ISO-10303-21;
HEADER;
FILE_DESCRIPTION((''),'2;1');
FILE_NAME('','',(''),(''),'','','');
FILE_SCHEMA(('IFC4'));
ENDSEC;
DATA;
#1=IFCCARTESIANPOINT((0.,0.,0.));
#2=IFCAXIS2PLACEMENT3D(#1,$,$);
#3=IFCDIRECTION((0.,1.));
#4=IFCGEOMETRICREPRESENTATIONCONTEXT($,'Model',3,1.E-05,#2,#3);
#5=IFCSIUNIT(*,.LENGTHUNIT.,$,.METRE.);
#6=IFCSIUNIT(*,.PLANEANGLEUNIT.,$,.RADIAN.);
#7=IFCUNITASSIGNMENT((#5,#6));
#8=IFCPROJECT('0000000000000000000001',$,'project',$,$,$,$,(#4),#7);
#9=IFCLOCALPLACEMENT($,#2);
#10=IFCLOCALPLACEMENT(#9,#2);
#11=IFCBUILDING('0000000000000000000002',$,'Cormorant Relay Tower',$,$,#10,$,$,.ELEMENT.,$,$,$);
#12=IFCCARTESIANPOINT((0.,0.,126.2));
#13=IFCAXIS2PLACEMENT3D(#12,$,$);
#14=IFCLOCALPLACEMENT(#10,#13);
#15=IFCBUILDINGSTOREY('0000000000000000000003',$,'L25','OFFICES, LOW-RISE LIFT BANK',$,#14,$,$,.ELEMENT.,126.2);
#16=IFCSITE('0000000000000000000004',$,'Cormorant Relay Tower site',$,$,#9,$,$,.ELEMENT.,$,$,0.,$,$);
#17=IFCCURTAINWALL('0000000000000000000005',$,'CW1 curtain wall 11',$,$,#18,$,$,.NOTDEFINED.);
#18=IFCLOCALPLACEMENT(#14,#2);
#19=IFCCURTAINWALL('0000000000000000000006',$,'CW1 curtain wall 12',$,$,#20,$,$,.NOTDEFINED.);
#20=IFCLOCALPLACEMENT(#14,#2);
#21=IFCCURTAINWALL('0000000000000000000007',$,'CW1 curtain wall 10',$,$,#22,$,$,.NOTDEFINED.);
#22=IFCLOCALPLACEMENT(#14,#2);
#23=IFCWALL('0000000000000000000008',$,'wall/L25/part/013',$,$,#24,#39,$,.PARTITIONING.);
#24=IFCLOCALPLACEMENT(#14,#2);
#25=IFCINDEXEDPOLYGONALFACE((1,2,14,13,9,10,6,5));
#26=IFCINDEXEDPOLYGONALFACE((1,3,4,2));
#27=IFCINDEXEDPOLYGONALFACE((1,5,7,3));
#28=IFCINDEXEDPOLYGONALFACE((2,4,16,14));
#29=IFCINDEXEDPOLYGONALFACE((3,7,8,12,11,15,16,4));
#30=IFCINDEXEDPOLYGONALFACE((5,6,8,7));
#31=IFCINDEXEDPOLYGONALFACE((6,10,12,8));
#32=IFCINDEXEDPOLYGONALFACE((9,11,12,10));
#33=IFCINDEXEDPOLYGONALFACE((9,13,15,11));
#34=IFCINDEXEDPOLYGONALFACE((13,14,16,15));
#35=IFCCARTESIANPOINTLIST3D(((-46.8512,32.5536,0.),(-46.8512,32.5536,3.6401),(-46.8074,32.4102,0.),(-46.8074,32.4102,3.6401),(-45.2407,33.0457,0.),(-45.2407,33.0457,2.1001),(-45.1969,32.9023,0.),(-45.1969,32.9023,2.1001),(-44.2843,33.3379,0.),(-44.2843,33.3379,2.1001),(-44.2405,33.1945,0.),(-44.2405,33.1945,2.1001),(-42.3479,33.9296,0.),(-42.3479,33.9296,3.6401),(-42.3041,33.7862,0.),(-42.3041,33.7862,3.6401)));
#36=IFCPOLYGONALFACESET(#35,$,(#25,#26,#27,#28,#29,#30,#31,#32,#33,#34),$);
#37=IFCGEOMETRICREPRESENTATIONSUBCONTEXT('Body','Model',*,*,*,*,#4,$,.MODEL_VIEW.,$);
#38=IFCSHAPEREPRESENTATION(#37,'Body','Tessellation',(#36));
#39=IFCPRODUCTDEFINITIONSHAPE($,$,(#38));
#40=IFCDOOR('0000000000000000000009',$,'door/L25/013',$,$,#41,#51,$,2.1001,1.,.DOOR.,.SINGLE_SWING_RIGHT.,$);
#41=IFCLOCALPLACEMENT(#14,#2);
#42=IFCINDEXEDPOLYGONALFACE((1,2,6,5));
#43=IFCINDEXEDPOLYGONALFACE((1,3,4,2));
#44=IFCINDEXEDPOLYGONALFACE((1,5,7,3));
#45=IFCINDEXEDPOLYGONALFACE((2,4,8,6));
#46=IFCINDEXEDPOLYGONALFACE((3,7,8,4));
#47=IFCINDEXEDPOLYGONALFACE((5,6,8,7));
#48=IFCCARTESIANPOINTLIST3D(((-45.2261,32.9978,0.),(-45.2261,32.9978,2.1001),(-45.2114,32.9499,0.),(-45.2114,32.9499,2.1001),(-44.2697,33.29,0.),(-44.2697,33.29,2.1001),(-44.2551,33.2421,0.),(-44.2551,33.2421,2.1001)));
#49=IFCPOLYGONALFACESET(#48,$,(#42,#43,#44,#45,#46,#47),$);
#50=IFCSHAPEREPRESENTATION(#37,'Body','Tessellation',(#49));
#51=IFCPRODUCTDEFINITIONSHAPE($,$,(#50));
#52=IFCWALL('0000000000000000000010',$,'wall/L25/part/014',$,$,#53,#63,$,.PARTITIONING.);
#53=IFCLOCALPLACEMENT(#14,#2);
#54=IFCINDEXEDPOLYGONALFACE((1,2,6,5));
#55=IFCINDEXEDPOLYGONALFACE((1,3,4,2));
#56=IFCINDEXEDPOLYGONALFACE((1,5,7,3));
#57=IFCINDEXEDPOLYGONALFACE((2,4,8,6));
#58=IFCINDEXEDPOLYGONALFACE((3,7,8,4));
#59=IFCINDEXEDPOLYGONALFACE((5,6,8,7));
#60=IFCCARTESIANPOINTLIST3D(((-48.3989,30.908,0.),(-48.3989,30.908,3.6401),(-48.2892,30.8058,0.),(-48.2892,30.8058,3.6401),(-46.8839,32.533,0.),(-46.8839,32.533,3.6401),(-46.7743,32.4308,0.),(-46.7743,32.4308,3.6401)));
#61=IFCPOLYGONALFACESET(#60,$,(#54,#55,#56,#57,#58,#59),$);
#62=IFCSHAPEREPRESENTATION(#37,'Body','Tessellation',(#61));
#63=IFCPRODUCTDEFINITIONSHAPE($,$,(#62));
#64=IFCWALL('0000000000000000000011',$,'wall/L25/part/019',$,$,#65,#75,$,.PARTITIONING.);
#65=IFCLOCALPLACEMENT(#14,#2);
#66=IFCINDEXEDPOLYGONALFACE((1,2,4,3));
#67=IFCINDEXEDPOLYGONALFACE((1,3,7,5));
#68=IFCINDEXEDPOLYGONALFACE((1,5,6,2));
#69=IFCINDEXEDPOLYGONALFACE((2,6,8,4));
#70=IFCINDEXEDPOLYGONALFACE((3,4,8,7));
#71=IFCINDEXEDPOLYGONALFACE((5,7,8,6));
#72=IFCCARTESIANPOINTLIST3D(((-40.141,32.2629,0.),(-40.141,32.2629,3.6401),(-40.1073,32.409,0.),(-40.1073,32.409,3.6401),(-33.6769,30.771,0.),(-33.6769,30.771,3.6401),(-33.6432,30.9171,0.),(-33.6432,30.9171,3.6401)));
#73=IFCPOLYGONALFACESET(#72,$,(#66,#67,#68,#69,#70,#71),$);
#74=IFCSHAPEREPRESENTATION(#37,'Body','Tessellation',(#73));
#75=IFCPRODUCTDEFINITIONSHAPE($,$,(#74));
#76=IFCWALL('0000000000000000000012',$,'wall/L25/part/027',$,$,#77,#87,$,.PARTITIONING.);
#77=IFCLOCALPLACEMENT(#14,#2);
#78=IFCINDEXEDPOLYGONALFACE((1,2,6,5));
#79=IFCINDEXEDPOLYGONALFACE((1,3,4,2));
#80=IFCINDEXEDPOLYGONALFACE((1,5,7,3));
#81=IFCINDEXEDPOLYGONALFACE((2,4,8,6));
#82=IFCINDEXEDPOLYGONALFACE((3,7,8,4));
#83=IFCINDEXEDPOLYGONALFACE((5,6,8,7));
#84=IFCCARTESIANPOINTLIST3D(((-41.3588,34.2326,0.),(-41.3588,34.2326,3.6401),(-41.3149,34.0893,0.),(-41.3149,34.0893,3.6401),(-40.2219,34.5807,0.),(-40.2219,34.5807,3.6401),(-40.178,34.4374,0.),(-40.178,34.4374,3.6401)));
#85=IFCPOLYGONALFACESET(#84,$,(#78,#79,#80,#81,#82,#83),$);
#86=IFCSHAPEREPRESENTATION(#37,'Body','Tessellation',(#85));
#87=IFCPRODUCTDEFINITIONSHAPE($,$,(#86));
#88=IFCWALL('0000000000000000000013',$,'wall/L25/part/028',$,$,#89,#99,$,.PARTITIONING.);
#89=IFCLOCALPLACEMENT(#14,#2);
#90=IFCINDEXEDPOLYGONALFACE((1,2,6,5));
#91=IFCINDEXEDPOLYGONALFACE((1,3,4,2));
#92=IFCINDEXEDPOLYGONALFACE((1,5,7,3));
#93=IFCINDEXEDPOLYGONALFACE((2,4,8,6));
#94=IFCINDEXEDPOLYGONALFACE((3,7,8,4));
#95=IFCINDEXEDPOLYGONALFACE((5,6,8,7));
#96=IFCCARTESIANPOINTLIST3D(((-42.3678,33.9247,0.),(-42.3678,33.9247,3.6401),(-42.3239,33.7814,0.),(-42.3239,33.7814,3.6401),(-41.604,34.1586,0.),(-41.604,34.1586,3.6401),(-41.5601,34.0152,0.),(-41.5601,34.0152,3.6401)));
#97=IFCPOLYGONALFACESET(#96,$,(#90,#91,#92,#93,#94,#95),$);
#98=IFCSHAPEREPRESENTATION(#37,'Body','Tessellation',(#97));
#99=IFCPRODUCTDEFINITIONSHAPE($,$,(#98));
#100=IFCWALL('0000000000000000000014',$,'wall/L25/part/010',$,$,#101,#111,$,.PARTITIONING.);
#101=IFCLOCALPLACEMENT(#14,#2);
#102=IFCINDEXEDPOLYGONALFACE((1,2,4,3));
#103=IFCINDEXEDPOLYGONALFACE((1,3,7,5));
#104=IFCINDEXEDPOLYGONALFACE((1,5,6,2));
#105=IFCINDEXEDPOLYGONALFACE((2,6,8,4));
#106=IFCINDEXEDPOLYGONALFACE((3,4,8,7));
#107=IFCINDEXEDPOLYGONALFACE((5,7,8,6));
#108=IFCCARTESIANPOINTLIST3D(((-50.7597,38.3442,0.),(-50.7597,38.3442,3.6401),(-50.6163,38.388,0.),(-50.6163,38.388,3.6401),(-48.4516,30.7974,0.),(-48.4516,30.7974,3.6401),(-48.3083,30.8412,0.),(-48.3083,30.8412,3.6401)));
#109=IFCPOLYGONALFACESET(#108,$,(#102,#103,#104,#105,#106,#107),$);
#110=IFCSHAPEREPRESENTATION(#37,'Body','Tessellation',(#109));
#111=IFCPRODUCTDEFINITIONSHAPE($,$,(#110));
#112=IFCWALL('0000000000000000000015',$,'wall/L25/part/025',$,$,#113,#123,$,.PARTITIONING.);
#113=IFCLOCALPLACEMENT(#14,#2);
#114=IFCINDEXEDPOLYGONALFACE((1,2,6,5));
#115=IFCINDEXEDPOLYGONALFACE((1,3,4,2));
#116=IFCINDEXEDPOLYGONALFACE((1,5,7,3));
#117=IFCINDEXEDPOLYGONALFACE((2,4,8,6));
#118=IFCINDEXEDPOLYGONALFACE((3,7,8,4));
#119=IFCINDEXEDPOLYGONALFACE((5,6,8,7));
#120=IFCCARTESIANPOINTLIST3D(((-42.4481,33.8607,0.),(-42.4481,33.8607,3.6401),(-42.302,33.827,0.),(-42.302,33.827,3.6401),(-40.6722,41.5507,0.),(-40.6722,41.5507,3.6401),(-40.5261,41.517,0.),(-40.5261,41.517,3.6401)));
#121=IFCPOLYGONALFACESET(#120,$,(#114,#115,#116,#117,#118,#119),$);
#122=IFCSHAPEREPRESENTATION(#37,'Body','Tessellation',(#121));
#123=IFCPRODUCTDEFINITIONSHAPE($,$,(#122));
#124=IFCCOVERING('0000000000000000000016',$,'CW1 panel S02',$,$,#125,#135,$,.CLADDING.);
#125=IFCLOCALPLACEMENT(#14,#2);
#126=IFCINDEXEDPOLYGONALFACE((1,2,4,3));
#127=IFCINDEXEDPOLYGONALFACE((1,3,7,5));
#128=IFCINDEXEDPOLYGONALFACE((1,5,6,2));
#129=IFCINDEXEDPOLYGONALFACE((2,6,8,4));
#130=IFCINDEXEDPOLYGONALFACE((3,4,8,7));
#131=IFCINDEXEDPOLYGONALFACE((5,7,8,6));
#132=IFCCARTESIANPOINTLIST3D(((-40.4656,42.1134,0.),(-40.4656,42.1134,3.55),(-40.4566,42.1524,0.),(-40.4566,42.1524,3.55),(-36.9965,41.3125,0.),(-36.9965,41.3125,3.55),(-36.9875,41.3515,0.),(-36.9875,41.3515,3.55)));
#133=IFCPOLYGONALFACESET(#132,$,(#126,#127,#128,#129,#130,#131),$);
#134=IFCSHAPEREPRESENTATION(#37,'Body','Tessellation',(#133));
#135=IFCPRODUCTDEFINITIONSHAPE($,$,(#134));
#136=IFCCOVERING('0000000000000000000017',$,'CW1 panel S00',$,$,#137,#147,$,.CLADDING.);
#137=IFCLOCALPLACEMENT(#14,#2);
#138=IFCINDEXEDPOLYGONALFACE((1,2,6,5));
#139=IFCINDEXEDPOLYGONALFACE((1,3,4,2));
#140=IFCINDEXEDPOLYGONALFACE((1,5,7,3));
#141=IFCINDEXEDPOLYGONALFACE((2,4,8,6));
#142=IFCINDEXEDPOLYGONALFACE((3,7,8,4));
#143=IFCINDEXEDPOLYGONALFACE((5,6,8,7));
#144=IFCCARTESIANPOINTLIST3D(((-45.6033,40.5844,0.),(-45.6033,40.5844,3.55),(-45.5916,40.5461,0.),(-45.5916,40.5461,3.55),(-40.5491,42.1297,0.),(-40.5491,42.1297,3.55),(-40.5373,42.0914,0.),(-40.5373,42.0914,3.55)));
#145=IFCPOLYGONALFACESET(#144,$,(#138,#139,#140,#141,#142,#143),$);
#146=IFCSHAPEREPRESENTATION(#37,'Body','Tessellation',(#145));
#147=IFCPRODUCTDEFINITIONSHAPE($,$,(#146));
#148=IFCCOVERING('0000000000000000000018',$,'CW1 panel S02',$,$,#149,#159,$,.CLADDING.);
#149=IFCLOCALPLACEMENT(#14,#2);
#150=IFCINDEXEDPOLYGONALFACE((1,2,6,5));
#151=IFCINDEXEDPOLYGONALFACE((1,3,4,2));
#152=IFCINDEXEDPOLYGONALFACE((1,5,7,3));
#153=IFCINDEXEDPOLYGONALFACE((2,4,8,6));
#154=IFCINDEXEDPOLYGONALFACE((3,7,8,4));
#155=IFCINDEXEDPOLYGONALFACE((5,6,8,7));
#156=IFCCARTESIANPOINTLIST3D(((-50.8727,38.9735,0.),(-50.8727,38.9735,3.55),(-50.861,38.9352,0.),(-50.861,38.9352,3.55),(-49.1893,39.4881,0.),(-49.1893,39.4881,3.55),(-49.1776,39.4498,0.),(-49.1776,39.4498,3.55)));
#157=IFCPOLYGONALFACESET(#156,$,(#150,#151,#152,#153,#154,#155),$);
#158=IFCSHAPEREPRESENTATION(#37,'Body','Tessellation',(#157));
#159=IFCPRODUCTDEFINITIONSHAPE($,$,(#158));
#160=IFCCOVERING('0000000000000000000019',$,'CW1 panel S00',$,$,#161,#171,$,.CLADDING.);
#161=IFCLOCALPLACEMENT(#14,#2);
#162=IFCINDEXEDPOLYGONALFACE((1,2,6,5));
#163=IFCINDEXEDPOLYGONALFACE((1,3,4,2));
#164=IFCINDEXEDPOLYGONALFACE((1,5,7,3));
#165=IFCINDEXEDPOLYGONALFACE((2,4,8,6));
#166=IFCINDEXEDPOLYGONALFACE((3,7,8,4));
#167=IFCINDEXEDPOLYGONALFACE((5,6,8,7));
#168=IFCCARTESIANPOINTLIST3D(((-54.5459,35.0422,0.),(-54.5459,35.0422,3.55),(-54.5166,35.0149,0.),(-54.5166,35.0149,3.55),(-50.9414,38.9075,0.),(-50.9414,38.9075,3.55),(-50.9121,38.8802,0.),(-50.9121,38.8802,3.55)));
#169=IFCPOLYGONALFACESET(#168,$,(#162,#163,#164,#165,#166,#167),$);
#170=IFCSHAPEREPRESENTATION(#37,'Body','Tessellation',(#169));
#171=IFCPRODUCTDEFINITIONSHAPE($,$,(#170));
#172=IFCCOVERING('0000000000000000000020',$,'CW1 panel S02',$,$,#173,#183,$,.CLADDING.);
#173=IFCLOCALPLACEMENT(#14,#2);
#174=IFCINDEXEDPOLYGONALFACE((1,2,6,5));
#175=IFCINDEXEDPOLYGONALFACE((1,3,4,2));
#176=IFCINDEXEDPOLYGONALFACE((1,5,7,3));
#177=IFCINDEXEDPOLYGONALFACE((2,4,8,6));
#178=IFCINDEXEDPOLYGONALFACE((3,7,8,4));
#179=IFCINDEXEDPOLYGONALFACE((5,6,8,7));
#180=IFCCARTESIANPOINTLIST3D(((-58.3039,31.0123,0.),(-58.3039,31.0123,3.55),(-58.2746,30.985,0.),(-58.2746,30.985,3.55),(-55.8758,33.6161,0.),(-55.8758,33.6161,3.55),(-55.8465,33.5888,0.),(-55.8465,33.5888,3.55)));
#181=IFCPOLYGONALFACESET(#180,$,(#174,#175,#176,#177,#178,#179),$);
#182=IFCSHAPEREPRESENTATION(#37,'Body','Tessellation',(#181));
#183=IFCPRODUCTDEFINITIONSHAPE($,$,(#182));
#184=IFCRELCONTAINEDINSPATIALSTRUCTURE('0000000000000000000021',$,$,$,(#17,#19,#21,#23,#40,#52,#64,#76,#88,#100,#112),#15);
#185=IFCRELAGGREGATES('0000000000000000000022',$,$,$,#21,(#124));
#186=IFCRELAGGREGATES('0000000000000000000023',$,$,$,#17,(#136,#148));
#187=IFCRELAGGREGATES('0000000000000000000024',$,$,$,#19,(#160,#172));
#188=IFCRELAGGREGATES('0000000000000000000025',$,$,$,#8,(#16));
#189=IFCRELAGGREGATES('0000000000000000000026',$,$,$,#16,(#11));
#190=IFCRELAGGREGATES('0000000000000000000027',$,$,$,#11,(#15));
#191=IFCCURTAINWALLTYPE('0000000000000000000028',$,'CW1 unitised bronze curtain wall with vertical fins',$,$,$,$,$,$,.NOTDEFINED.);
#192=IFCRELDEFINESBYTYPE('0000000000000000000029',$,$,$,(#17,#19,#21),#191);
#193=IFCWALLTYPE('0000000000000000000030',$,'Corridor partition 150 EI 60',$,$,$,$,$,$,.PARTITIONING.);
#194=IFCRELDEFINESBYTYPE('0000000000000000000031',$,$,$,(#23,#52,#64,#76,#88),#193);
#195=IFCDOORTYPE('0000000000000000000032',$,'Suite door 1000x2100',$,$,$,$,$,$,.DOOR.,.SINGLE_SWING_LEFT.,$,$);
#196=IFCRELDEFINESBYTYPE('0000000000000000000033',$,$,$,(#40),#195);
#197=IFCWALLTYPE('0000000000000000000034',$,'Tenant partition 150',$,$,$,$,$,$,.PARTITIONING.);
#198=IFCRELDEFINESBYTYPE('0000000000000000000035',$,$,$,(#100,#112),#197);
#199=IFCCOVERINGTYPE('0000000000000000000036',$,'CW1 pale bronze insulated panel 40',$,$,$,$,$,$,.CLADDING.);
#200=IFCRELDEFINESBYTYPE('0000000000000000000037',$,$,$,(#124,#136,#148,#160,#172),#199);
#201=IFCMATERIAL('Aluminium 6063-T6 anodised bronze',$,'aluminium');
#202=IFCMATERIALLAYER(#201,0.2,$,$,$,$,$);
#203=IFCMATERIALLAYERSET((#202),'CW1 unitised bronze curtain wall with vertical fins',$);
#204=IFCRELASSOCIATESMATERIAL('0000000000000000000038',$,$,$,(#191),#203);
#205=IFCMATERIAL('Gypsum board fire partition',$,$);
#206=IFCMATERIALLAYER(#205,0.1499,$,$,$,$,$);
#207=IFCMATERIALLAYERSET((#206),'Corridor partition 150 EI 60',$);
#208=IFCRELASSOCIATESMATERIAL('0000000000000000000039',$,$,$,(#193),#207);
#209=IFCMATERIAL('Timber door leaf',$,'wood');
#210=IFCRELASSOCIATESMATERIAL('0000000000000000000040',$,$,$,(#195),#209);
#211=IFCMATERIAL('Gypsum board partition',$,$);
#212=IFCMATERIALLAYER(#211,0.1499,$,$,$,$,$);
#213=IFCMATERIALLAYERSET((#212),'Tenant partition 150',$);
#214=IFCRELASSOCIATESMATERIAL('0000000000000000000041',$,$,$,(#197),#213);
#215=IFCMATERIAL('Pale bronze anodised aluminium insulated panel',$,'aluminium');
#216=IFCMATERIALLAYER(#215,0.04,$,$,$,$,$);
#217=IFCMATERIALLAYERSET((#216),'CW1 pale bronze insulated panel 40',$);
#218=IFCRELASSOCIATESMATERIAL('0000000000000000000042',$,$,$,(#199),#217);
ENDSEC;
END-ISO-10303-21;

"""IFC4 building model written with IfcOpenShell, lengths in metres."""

from ifc_helpers import new_model, si_unit, direction, frame, frame_2d, origin, origin_2d, place, context, subcontext, project, spatial, rectangle, extrude, material, layer, layer_set, type_object, element, fill, aggregate, save


model = new_model("IFC4")

# Units and contexts
model_context = context("Model", 3, precision=1e-05, world=origin(), true_north=direction((0.0, 1.0)))
body_context = subcontext(model_context, "Body", "Model", "MODEL_VIEW")
ifc_project = project(units=[si_unit("LENGTHUNIT", "METRE"), si_unit("PLANEANGLEUNIT", "RADIAN")], contexts=[model_context])

# Site, building, storey
site_placement = place(None, origin())
site = spatial("IfcSite", under=ifc_project, at=site_placement, Name="Cormorant Relay Tower site", CompositionType="ELEMENT", RefElevation=0.0)
building_placement = place(site_placement, origin())
building = spatial("IfcBuilding", under=site, at=building_placement, Name="Cormorant Relay Tower", CompositionType="ELEMENT")
storey_placement = place(building_placement, frame((0.0, 0.0, 126.2)))
storey = spatial("IfcBuildingStorey", under=building, at=storey_placement, Name="L25", Description="OFFICES, LOW-RISE LIFT BANK", CompositionType="ELEMENT", Elevation=126.2)

# Curtain walls
ifc_material_1 = material(Name="Aluminium 6063-T6 anodised bronze", Category="aluminium")
ifc_layer_1 = layer(ifc_material_1, 0.2)
ifc_layer_set_1 = layer_set([ifc_layer_1], Name="CW1 unitised bronze curtain wall with vertical fins")
curtain_wall_type = type_object("IfcCurtainWallType", Name="CW1 unitised bronze curtain wall with vertical fins", PredefinedType="NOTDEFINED", material=ifc_layer_set_1)
curtain_wall_1_placement = place(storey_placement, origin())
curtain_wall_1 = element("IfcCurtainWall", 1, at=curtain_wall_1_placement, inside=storey, type_object=curtain_wall_type, Name="CW1 curtain wall 11", PredefinedType="NOTDEFINED")
curtain_wall_2_placement = place(storey_placement, origin())
curtain_wall_2 = element("IfcCurtainWall", 2, at=curtain_wall_2_placement, inside=storey, type_object=curtain_wall_type, Name="CW1 curtain wall 12", PredefinedType="NOTDEFINED")

# Curtain wall
curtain_wall_3_placement = place(storey_placement, origin())
curtain_wall_3 = element("IfcCurtainWall", 3, at=curtain_wall_3_placement, inside=storey, type_object=curtain_wall_type, Name="CW1 curtain wall 10", PredefinedType="NOTDEFINED")

# Wall, opening, door
ifc_material_2 = material(Name="Gypsum board fire partition")
ifc_layer_2 = layer(ifc_material_2, 0.1499)
ifc_layer_set_2 = layer_set([ifc_layer_2], Name="Corridor partition 150 EI 60")
wall_type_1 = type_object("IfcWallType", Name="Corridor partition 150 EI 60", PredefinedType="PARTITIONING", material=ifc_layer_set_2)
wall_1_placement = place(storey_placement, frame((-42.3259, 33.8579, 0.0), z_axis=(0.0, 0.0, 1.0), x_axis=(-0.956351, -0.29222, 0.0)))
wall_1 = element("IfcWall", 4, at=wall_1_placement, inside=storey, type_object=wall_type_1, Name="wall/L25/part/013", PredefinedType="PARTITIONING", context=body_context, shape_type="SweptSolid", body=[
    extrude(rectangle(XDim=4.7087, YDim=0.1499, at=frame_2d((2.3545, 0.0))), origin(), (0.0, 0.0, 1.0), 3.6401),
])
opening_placement = place(wall_1_placement, frame((2.0249, 0.0, 0.0)))
opening = element("IfcOpeningElement", 5, at=opening_placement, cuts=wall_1, PredefinedType="OPENING", context=body_context, shape_type="SweptSolid", body=[
    extrude(rectangle(XDim=1.0, YDim=2.1001, at=frame_2d((0.5, 1.05))), frame((0.0, 0.085, 0.0), z_axis=(0.0, -1.0, 0.0), x_axis=(1.0, 0.0, 0.0)), (0.0, 0.0, 1.0), 0.1699),
])
ifc_material_3 = material(Name="Timber door leaf", Category="wood")
door_type = type_object("IfcDoorType", Name="Suite door 1000x2100", OperationType="SINGLE_SWING_LEFT", PredefinedType="DOOR", material=ifc_material_3)
door_placement = place(opening_placement, frame((1.0, 0.0, 0.0), z_axis=(0.0, 0.0, 1.0), x_axis=(-1.0, 0.0, 0.0)))
door = element("IfcDoor", 6, at=door_placement, inside=storey, type_object=door_type, Name="door/L25/013", OperationType="SINGLE_SWING_RIGHT", OverallHeight=2.1001, OverallWidth=1.0, PredefinedType="DOOR", context=body_context, shape_type="SweptSolid", body=[
    extrude(rectangle(XDim=1.0, YDim=2.1001, at=frame_2d((0.5, 1.05))), frame((0.0, 0.0249, 0.0), z_axis=(0.0, -1.0, 0.0), x_axis=(1.0, 0.0, 0.0)), (0.0, 0.0, 1.0), 0.05),
])
fill(opening, door)

# Walls
wall_2_placement = place(storey_placement, frame((-46.8291, 32.4819, 0.0), z_axis=(0.0, 0.0, 1.0), x_axis=(-0.681891, -0.731453, 0.0)))
element("IfcWall", 7, at=wall_2_placement, inside=storey, type_object=wall_type_1, Name="wall/L25/part/014", PredefinedType="PARTITIONING", context=body_context, shape_type="SweptSolid", body=[
    extrude(rectangle(XDim=2.2217, YDim=0.1499, at=frame_2d((1.1108, 0.0))), origin(), (0.0, 0.0, 1.0), 3.6401),
])
wall_3_placement = place(storey_placement, frame((-40.124, 32.3359, 0.0), z_axis=(0.0, 0.0, 1.0), x_axis=(0.974384, -0.224892, 0.0)))
element("IfcWall", 8, at=wall_3_placement, inside=storey, type_object=wall_type_1, Name="wall/L25/part/019", PredefinedType="PARTITIONING", context=body_context, shape_type="SweptSolid", body=[
    extrude(rectangle(XDim=6.634, YDim=0.1499, at=frame_2d((3.3169, 0.0))), origin(), (0.0, 0.0, 1.0), 3.6401),
])
wall_4_placement = place(storey_placement, frame((-40.2, 34.509, 0.0), z_axis=(0.0, 0.0, 1.0), x_axis=(-0.956178, -0.292787, 0.0)))
element("IfcWall", 9, at=wall_4_placement, inside=storey, type_object=wall_type_1, Name="wall/L25/part/027", PredefinedType="PARTITIONING", context=body_context, shape_type="SweptSolid", body=[
    extrude(rectangle(XDim=1.189, YDim=0.1499, at=frame_2d((0.5945, 0.0))), origin(), (0.0, 0.0, 1.0), 3.6401),
])
wall_5_placement = place(storey_placement, frame((-41.582, 34.0869, 0.0), z_axis=(0.0, 0.0, 1.0), x_axis=(-0.956188, -0.292754, 0.0)))
element("IfcWall", 10, at=wall_5_placement, inside=storey, type_object=wall_type_1, Name="wall/L25/part/028", PredefinedType="PARTITIONING", context=body_context, shape_type="SweptSolid", body=[
    extrude(rectangle(XDim=0.7988, YDim=0.1499, at=frame_2d((0.3994, 0.0))), origin(), (0.0, 0.0, 1.0), 3.6401),
])
ifc_material_4 = material(Name="Gypsum board partition")
ifc_layer_3 = layer(ifc_material_4, 0.1499)
ifc_layer_set_3 = layer_set([ifc_layer_3], Name="Tenant partition 150")
wall_type_2 = type_object("IfcWallType", Name="Tenant partition 150", PredefinedType="PARTITIONING", material=ifc_layer_set_3)
wall_6_placement = place(storey_placement, frame((-50.688, 38.366, 0.0), z_axis=(0.0, 0.0, 1.0), x_axis=(0.292464, -0.956277, 0.0)))
element("IfcWall", 11, at=wall_6_placement, inside=storey, type_object=wall_type_2, Name="wall/L25/part/010", PredefinedType="PARTITIONING", context=body_context, shape_type="SweptSolid", body=[
    extrude(rectangle(XDim=7.8918, YDim=0.1499, at=frame_2d((3.9458, 0.0))), origin(), (0.0, 0.0, 1.0), 3.6401),
])
wall_7_placement = place(storey_placement, frame((-40.5991, 41.5339, 0.0), z_axis=(0.0, 0.0, 1.0), x_axis=(-0.225013, -0.974356, 0.0)))
element("IfcWall", 12, at=wall_7_placement, inside=storey, type_object=wall_type_2, Name="wall/L25/part/025", PredefinedType="PARTITIONING", context=body_context, shape_type="SweptSolid", body=[
    extrude(rectangle(XDim=7.8923, YDim=0.1499, at=frame_2d((3.9463, 0.0))), origin(), (0.0, 0.0, 1.0), 3.6401),
])

# Coverings
ifc_material_5 = material(Name="Pale bronze anodised aluminium insulated panel", Category="aluminium")
ifc_layer_4 = layer(ifc_material_5, 0.04)
ifc_layer_set_4 = layer_set([ifc_layer_4], Name="CW1 pale bronze insulated panel 40")
covering_type = type_object("IfcCoveringType", Name="CW1 pale bronze insulated panel 40", PredefinedType="CLADDING", material=ifc_layer_set_4)
covering_1_placement = place(storey_placement, frame((-38.7266, 41.7324, 0.0), z_axis=(0.0, 0.0, 1.0), x_axis=(-0.97437, 0.224951, 0.0)))
covering_1 = element("IfcCovering", 13, at=covering_1_placement, type_object=covering_type, Name="CW1 panel S02", PredefinedType="CLADDING", context=body_context, shape_type="SweptSolid", body=[
    extrude(rectangle(XDim=3.5603, YDim=0.04, at=origin_2d()), origin(), (0.0, 0.0, 1.0), 3.55),
])
aggregate(curtain_wall_3, [covering_1])
covering_2_placement = place(storey_placement, frame((-43.0703, 41.3379, 0.0), z_axis=(0.0, 0.0, 1.0), x_axis=(-0.956305, -0.292372, 0.0)))
covering_2 = element("IfcCovering", 14, at=covering_2_placement, type_object=covering_type, Name="CW1 panel S00", PredefinedType="CLADDING", context=body_context, shape_type="SweptSolid", body=[
    extrude(rectangle(XDim=5.2852, YDim=0.04, at=origin_2d()), origin(), (0.0, 0.0, 1.0), 3.55),
])
covering_3_placement = place(storey_placement, frame((-50.0251, 39.2117, 0.0), z_axis=(0.0, 0.0, 1.0), x_axis=(-0.956305, -0.292372, 0.0)))
covering_3 = element("IfcCovering", 15, at=covering_3_placement, type_object=covering_type, Name="CW1 panel S02", PredefinedType="CLADDING", context=body_context, shape_type="SweptSolid", body=[
    extrude(rectangle(XDim=1.7603, YDim=0.04, at=origin_2d()), origin(), (0.0, 0.0, 1.0), 3.55),
])
aggregate(curtain_wall_1, [covering_2, covering_3])
covering_4_placement = place(storey_placement, frame((-52.729, 36.9612, 0.0), z_axis=(0.0, 0.0, 1.0), x_axis=(-0.681998, -0.731354, 0.0)))
covering_4 = element("IfcCovering", 16, at=covering_4_placement, type_object=covering_type, Name="CW1 panel S00", PredefinedType="CLADDING", context=body_context, shape_type="SweptSolid", body=[
    extrude(rectangle(XDim=5.2852, YDim=0.04, at=origin_2d()), origin(), (0.0, 0.0, 1.0), 3.55),
])
covering_5_placement = place(storey_placement, frame((-57.0752, 32.3005, 0.0), z_axis=(0.0, 0.0, 1.0), x_axis=(-0.681998, -0.731354, 0.0)))
covering_5 = element("IfcCovering", 17, at=covering_5_placement, type_object=covering_type, Name="CW1 panel S02", PredefinedType="CLADDING", context=body_context, shape_type="SweptSolid", body=[
    extrude(rectangle(XDim=3.5603, YDim=0.04, at=origin_2d()), origin(), (0.0, 0.0, 1.0), 3.55),
])
aggregate(curtain_wall_2, [covering_4, covering_5])

save(model, "model.ifc")
